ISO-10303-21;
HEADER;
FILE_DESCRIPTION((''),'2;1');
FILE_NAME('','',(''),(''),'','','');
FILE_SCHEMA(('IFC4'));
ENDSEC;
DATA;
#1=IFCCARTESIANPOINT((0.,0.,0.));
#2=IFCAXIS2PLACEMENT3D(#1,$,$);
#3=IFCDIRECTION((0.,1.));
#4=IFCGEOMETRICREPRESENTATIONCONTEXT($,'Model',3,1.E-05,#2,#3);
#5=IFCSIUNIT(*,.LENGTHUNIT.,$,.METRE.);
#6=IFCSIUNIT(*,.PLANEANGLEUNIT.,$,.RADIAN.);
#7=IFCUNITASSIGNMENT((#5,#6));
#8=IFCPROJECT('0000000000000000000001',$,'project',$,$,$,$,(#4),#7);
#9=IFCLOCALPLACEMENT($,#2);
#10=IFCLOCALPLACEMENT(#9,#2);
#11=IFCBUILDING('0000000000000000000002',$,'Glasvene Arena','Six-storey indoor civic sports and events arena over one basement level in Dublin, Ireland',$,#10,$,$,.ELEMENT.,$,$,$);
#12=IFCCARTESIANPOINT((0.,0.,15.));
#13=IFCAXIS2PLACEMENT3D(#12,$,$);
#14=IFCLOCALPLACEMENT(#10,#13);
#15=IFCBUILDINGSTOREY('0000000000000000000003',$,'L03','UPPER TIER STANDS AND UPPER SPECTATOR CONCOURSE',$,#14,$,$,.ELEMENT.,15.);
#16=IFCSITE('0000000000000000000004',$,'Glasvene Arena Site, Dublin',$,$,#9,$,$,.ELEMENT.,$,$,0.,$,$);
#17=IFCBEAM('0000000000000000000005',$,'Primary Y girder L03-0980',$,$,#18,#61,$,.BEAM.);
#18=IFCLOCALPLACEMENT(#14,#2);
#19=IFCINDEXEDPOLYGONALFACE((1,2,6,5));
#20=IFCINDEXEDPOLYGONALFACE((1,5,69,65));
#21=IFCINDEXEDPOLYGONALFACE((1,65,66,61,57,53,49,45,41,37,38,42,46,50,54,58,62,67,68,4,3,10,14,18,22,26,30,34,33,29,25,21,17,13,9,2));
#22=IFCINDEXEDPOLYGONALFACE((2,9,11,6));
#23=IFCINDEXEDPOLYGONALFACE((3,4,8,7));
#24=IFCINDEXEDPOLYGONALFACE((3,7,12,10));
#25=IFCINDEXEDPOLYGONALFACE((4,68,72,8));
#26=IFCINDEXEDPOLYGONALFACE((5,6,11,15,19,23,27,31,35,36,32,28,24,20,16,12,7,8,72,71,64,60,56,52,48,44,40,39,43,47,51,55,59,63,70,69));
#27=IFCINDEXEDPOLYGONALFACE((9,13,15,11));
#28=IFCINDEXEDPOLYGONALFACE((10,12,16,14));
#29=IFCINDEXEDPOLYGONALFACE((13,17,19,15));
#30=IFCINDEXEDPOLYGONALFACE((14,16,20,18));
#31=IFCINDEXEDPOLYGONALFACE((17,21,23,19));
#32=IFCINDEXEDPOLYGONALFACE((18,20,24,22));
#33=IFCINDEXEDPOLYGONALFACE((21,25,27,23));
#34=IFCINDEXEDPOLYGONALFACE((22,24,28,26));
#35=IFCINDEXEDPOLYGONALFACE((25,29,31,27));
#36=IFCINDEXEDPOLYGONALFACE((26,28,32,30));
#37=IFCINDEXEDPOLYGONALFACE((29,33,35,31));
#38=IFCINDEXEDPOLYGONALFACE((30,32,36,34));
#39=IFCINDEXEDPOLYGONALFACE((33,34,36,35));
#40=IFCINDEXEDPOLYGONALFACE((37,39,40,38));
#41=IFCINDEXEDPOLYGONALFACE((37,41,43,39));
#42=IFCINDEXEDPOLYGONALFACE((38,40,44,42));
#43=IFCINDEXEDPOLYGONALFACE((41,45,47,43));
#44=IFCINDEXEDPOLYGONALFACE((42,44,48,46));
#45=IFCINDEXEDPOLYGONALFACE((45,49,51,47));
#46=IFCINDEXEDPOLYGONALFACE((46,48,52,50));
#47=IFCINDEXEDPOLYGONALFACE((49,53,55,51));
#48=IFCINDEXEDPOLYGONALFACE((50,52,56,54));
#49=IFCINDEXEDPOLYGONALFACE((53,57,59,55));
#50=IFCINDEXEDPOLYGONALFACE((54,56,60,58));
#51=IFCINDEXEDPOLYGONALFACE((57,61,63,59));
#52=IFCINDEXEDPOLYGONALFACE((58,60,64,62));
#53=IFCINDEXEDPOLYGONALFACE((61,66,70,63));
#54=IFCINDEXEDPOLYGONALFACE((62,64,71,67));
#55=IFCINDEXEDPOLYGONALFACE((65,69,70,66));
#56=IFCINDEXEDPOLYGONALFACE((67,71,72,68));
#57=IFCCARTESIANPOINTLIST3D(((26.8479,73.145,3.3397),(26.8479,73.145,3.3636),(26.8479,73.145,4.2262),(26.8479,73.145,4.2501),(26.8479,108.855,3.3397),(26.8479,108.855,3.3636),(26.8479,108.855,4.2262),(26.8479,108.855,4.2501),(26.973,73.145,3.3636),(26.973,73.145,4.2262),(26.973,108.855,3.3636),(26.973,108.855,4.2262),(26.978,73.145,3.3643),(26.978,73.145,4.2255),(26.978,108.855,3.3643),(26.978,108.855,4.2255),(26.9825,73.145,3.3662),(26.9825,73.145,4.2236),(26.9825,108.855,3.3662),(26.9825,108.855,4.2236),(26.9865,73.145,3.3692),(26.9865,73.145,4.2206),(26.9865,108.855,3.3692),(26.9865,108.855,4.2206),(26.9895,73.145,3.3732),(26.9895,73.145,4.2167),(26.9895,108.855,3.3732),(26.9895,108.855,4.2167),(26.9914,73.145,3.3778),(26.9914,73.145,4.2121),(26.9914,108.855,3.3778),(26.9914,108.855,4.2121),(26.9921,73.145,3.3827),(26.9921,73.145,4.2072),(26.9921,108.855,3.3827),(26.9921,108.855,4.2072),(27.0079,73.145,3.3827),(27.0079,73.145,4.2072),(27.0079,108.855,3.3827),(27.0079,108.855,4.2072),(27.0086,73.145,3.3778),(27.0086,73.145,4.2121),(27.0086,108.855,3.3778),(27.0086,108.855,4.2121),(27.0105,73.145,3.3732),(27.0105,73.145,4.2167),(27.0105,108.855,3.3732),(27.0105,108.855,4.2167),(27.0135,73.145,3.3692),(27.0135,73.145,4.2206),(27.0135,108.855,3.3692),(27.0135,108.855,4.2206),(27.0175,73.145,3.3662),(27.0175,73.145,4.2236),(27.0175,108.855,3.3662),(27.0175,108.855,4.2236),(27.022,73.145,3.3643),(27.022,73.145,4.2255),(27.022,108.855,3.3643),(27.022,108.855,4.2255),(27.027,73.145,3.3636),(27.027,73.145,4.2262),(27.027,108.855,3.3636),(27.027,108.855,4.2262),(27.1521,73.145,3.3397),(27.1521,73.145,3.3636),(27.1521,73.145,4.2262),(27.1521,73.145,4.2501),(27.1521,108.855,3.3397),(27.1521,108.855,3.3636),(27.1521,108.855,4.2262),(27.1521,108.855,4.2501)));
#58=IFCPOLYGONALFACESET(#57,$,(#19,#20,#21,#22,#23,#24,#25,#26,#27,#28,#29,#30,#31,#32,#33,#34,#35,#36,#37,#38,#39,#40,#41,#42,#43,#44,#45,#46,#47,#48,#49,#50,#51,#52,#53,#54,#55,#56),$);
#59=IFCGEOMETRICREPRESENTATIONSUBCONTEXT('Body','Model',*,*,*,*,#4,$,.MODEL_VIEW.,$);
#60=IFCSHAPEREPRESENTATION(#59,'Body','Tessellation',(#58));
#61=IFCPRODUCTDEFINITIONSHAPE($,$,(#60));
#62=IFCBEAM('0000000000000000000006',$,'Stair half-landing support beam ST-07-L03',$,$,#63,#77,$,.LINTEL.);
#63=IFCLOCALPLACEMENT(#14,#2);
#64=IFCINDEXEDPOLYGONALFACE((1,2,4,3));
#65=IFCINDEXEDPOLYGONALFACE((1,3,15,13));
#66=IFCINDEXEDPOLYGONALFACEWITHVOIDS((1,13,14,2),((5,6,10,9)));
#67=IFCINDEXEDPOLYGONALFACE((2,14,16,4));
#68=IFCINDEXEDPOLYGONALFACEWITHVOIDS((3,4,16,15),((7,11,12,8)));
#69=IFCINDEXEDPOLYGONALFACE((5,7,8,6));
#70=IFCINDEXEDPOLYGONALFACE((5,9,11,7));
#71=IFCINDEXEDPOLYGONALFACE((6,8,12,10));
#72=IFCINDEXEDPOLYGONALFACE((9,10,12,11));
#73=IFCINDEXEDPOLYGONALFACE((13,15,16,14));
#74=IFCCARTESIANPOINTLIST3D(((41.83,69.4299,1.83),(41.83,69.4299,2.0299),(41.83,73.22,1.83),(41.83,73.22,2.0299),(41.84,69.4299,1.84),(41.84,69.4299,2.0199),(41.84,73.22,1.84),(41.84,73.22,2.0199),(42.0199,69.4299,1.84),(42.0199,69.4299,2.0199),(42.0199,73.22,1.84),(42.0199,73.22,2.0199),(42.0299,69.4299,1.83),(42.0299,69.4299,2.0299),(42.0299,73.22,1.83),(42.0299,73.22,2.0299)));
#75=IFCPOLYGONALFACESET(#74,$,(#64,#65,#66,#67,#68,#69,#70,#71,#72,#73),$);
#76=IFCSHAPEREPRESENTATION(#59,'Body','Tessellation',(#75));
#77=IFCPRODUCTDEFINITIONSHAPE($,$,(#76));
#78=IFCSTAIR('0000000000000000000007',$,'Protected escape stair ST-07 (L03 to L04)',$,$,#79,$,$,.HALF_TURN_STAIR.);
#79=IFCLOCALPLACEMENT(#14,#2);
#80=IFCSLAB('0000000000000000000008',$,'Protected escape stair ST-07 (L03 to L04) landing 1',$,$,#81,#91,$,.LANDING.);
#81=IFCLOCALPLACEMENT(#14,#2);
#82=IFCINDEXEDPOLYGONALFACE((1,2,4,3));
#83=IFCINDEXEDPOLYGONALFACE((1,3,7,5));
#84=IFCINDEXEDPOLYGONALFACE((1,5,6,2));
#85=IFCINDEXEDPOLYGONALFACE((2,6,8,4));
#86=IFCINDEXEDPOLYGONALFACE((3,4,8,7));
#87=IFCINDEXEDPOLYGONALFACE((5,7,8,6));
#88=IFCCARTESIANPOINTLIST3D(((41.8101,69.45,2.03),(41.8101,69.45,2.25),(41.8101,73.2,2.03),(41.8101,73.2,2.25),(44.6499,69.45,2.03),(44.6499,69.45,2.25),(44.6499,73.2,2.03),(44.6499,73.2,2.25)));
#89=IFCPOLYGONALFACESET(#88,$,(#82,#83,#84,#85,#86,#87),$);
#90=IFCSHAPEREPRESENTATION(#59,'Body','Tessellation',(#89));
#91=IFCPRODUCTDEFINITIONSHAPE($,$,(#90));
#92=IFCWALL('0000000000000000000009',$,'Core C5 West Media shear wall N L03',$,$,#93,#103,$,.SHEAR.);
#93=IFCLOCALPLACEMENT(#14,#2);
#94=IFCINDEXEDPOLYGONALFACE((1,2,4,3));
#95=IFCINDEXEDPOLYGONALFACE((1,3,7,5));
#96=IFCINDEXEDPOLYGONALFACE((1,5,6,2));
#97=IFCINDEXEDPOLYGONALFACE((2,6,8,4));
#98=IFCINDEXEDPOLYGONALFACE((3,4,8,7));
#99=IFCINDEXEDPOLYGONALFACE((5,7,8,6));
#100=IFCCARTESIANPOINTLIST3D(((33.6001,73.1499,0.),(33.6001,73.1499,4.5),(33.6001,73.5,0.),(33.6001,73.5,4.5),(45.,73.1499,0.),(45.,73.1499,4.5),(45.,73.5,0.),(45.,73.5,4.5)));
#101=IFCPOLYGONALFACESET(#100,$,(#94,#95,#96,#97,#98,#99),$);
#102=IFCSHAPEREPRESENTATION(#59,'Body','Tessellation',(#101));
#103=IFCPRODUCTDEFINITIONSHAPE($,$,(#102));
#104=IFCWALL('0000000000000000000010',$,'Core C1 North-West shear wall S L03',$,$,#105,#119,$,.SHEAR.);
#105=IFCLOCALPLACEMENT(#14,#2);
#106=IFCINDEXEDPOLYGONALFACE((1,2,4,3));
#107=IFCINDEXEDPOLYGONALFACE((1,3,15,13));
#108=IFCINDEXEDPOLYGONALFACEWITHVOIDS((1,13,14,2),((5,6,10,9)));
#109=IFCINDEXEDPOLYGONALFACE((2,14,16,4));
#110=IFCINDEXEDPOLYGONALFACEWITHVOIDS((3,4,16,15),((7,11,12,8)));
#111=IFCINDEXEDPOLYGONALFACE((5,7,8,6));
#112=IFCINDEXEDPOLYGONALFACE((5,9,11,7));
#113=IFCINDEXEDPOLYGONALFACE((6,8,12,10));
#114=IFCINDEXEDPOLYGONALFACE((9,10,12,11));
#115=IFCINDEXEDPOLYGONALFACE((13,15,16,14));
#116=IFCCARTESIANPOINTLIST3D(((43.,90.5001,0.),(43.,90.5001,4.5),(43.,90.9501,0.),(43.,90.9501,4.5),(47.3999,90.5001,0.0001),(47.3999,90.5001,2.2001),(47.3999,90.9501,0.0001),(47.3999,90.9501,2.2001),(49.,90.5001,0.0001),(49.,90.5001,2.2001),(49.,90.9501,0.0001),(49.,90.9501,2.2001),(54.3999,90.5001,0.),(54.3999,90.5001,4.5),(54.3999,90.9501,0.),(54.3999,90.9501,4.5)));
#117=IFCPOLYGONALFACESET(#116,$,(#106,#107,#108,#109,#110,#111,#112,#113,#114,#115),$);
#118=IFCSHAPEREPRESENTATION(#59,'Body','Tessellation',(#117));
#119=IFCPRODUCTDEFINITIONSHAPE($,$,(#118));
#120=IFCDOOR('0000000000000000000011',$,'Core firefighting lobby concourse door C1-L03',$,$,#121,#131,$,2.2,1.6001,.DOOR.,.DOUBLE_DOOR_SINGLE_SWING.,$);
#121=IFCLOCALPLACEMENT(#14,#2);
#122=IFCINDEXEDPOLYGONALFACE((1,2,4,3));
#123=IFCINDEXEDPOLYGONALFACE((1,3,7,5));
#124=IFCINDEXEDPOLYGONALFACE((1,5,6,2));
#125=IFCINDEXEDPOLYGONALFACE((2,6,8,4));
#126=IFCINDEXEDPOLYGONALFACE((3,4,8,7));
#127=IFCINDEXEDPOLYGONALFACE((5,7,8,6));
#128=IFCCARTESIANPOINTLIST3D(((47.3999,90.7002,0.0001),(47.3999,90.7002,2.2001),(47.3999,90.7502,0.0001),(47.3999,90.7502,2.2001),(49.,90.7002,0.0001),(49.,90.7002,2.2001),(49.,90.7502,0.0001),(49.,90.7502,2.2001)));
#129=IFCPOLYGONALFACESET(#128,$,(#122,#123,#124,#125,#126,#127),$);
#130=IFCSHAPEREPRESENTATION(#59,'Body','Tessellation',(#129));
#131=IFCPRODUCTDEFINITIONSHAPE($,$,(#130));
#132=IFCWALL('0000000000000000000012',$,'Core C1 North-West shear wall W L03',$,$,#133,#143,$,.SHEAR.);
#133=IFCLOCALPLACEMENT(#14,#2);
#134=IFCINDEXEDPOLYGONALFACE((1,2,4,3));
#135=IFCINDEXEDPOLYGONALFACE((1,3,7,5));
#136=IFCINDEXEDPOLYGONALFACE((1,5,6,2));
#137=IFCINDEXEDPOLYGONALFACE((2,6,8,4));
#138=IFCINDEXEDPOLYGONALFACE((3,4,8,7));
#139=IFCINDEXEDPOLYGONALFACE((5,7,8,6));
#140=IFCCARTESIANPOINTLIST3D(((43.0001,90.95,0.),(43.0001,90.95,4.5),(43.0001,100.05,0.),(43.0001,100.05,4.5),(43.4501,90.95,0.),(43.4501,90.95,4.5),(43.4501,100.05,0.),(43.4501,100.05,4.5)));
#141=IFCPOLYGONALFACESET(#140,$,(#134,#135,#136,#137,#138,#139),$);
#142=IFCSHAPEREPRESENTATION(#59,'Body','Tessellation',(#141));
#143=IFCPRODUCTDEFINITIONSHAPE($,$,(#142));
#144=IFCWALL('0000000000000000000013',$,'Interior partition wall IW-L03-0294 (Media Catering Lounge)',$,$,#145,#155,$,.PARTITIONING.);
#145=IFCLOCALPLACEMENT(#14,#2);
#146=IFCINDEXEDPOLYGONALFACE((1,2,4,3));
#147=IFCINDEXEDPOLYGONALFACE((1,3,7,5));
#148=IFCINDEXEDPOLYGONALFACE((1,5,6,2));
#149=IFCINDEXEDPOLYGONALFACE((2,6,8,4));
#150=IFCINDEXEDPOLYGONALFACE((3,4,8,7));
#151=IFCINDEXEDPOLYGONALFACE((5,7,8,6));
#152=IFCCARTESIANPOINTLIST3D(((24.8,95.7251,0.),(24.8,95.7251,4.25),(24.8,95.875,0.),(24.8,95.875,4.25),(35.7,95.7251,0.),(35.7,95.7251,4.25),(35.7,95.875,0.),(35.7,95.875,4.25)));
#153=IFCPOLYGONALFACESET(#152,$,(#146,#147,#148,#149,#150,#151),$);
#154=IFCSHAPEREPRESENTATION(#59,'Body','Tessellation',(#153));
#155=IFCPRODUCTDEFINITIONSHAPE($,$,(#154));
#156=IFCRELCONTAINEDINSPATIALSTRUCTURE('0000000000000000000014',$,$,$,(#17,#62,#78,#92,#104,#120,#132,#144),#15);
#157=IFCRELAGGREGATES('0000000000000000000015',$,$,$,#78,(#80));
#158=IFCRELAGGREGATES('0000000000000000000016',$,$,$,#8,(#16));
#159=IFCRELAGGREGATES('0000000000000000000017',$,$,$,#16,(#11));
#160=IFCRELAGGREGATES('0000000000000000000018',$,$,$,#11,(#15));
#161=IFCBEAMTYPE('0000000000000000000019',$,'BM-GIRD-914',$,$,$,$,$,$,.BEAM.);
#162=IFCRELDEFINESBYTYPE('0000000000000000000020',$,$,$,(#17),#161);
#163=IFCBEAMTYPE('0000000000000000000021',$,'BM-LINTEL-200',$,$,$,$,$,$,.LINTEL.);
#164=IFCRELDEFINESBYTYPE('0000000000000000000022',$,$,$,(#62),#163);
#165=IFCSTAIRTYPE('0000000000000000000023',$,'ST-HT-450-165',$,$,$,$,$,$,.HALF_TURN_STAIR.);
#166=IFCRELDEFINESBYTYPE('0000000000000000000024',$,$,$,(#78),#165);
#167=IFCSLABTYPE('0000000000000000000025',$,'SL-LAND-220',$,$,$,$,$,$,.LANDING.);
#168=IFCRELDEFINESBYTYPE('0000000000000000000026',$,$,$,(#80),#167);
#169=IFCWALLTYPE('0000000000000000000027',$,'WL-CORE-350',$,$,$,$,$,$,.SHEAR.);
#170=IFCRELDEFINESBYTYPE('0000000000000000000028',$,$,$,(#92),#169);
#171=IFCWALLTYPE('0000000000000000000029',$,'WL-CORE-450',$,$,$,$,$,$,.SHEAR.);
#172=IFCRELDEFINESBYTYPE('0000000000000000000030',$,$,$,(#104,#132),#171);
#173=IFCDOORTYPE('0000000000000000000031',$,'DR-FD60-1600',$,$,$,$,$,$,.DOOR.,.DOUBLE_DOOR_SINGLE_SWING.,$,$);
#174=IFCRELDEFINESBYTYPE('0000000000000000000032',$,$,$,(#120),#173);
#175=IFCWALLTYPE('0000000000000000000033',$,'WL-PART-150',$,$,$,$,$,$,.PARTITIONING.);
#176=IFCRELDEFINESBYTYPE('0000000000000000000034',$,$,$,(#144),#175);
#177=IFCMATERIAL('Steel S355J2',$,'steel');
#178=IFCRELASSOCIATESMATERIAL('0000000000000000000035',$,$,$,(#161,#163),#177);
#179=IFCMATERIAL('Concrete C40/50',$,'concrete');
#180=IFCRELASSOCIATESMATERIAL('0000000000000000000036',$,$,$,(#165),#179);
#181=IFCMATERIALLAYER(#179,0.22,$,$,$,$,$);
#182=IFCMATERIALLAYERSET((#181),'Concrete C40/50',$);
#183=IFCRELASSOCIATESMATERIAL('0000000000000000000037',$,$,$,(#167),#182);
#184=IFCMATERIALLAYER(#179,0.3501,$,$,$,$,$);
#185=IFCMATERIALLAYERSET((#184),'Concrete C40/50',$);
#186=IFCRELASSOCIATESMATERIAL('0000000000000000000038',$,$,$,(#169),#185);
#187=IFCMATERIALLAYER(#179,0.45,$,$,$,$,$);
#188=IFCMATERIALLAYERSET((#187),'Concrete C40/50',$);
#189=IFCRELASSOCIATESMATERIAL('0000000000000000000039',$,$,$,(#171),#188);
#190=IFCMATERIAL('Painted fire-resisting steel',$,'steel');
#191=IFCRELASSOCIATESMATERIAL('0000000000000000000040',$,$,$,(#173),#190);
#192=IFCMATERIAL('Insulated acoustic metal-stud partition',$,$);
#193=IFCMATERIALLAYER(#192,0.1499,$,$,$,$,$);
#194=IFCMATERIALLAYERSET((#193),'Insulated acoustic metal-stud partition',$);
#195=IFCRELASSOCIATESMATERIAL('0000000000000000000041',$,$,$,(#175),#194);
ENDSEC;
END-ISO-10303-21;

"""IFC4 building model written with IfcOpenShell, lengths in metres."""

from ifc_helpers import new_model, si_unit, direction, frame, frame_2d, origin, origin_2d, place, context, subcontext, project, spatial, polyline, rectangle, hollow_rectangle, i_section, outline, extrude, material, layer, layer_set, material_profile, profile_set, type_object, element, fill, aggregate, save


model = new_model("IFC4")

# Units and contexts
model_context = context("Model", 3, precision=1e-05, world=origin(), true_north=direction((0.0, 1.0)))
body_context = subcontext(model_context, "Body", "Model", "MODEL_VIEW")
ifc_project = project(units=[si_unit("LENGTHUNIT", "METRE"), si_unit("PLANEANGLEUNIT", "RADIAN")], contexts=[model_context])

# Site, building, storey
site_placement = place(None, origin())
site = spatial("IfcSite", under=ifc_project, at=site_placement, Name="Glasvene Arena Site, Dublin", CompositionType="ELEMENT", RefElevation=0.0)
building_placement = place(site_placement, origin())
building = spatial("IfcBuilding", under=site, at=building_placement, Name="Glasvene Arena", Description="Six-storey indoor civic sports and events arena over one basement level in Dublin, Ireland", CompositionType="ELEMENT")
storey_placement = place(building_placement, frame((0.0, 0.0, 15.0)))
storey = spatial("IfcBuildingStorey", under=building, at=storey_placement, Name="L03", Description="UPPER TIER STANDS AND UPPER SPECTATOR CONCOURSE", CompositionType="ELEMENT", Elevation=15.0)

# Shared definitions
ifc_material_1 = material(Name="Steel S355J2", Category="steel")

# Beams
ifc_material_profile_1 = material_profile(ifc_material_1, i_section(OverallWidth=0.3042, OverallDepth=0.9104, WebThickness=0.0159, FlangeThickness=0.0239, FilletRadius=0.019, at=origin_2d()), Name="UKB 914x305x224")
ifc_profile_set_1 = profile_set([ifc_material_profile_1], Name="Steel S355J2")
beam_type_1 = type_object("IfcBeamType", Name="BM-GIRD-914", PredefinedType="BEAM", material=ifc_profile_set_1)
beam_1_placement = place(storey_placement, frame((27.0, 73.145, 3.7949), z_axis=(0.0, 1.0, 0.0), x_axis=(-1.0, 0.0, 0.0)))
element("IfcBeam", 1, at=beam_1_placement, inside=storey, type_object=beam_type_1, Name="Primary Y girder L03-0980", PredefinedType="BEAM", context=body_context, shape_type="SweptSolid", body=[
    extrude(i_section(OverallWidth=0.3042, OverallDepth=0.9104, WebThickness=0.0159, FlangeThickness=0.0239, FilletRadius=0.019, at=origin_2d()), origin(), (0.0, 0.0, 1.0), 35.71),
])
ifc_material_profile_2 = material_profile(ifc_material_1, hollow_rectangle(XDim=0.2, YDim=0.2, WallThickness=0.01, at=origin_2d()), Name="SHS 200x200x10.0")
ifc_profile_set_2 = profile_set([ifc_material_profile_2], Name="Steel S355J2")
beam_type_2 = type_object("IfcBeamType", Name="BM-LINTEL-200", PredefinedType="LINTEL", material=ifc_profile_set_2)
beam_2_placement = place(storey_placement, frame((41.9299, 69.4299, 1.9299), z_axis=(0.0, 1.0, 0.0), x_axis=(-1.0, 0.0, 0.0)))
element("IfcBeam", 2, at=beam_2_placement, inside=storey, type_object=beam_type_2, Name="Stair half-landing support beam ST-07-L03", PredefinedType="LINTEL", context=body_context, shape_type="SweptSolid", body=[
    extrude(hollow_rectangle(XDim=0.2, YDim=0.2, WallThickness=0.01, at=origin_2d()), origin(), (0.0, 0.0, 1.0), 3.79),
])

# Shared definitions
ifc_material_2 = material(Name="Concrete C40/50", Category="concrete")

# Stair, slab
stair_type = type_object("IfcStairType", Name="ST-HT-450-165", PredefinedType="HALF_TURN_STAIR", material=ifc_material_2)
stair_placement = place(storey_placement, origin())
stair = element("IfcStair", 3, at=stair_placement, inside=storey, type_object=stair_type, Name="Protected escape stair ST-07 (L03 to L04)", PredefinedType="HALF_TURN_STAIR")
ifc_layer_1 = layer(ifc_material_2, 0.22)
ifc_layer_set_1 = layer_set([ifc_layer_1], Name="Concrete C40/50")
slab_type_1 = type_object("IfcSlabType", Name="SL-LAND-220", PredefinedType="LANDING", material=ifc_layer_set_1)
slab_1_placement = place(storey_placement, frame((43.23, 71.325, 2.03)))
slab_1 = element("IfcSlab", 4, at=slab_1_placement, type_object=slab_type_1, Name="Protected escape stair ST-07 (L03 to L04) landing 1", PredefinedType="LANDING", context=body_context, shape_type="SweptSolid", body=[
    extrude(outline(polyline([(-1.4199, -1.875), (1.4199, -1.875), (1.4199, 1.875), (-1.4199, 1.875), (-1.4199, -1.875)])), origin(), (0.0, 0.0, 1.0), 0.22),
])

# Wall
ifc_layer_2 = layer(ifc_material_2, 0.3501)
ifc_layer_set_2 = layer_set([ifc_layer_2], Name="Concrete C40/50")
wall_type_1 = type_object("IfcWallType", Name="WL-CORE-350", PredefinedType="SHEAR", material=ifc_layer_set_2)
wall_1_placement = place(storey_placement, frame((33.6001, 73.325, 0.0), z_axis=(0.0, 0.0, 1.0), x_axis=(1.0, 0.0, 0.0)))
element("IfcWall", 5, at=wall_1_placement, inside=storey, type_object=wall_type_1, Name="Core C5 West Media shear wall N L03", PredefinedType="SHEAR", context=body_context, shape_type="SweptSolid", body=[
    extrude(rectangle(XDim=11.3999, YDim=0.3501, at=frame_2d((5.7, 0.0))), origin(), (0.0, 0.0, 1.0), 4.5),
])

# Wall, opening, door
ifc_layer_3 = layer(ifc_material_2, 0.45)
ifc_layer_set_3 = layer_set([ifc_layer_3], Name="Concrete C40/50")
wall_type_2 = type_object("IfcWallType", Name="WL-CORE-450", PredefinedType="SHEAR", material=ifc_layer_set_3)
wall_2_placement = place(storey_placement, frame((43.0, 90.7251, 0.0), z_axis=(0.0, 0.0, 1.0), x_axis=(1.0, 0.0, 0.0)))
wall_2 = element("IfcWall", 6, at=wall_2_placement, inside=storey, type_object=wall_type_2, Name="Core C1 North-West shear wall S L03", PredefinedType="SHEAR", context=body_context, shape_type="SweptSolid", body=[
    extrude(rectangle(XDim=11.3999, YDim=0.45, at=frame_2d((5.7, 0.0))), origin(), (0.0, 0.0, 1.0), 4.5),
])
opening_1_placement = place(wall_2_placement, frame((4.3999, 0.0, 0.0)))
opening_1 = element("IfcOpeningElement", 7, at=opening_1_placement, cuts=wall_2, PredefinedType="OPENING", context=body_context, shape_type="SweptSolid", body=[
    extrude(rectangle(XDim=1.6001, YDim=2.2, at=frame_2d((0.8, 1.1001))), frame((0.0, 0.2349, 0.0), z_axis=(0.0, -1.0, 0.0), x_axis=(1.0, 0.0, 0.0)), (0.0, 0.0, 1.0), 0.47),
])
ifc_material_3 = material(Name="Painted fire-resisting steel", Category="steel")
door_type_1 = type_object("IfcDoorType", Name="DR-FD60-1600", OperationType="DOUBLE_DOOR_SINGLE_SWING", PredefinedType="DOOR", material=ifc_material_3)
door_1_placement = place(opening_1_placement, frame((1.6001, 0.0, 0.0), z_axis=(0.0, 0.0, 1.0), x_axis=(-1.0, 0.0, 0.0)))
door_1 = element("IfcDoor", 8, at=door_1_placement, inside=storey, type_object=door_type_1, Name="Core firefighting lobby concourse door C1-L03", OperationType="DOUBLE_DOOR_SINGLE_SWING", OverallHeight=2.2, OverallWidth=1.6001, PredefinedType="DOOR", context=body_context, shape_type="SweptSolid", body=[
    extrude(rectangle(XDim=1.6001, YDim=2.2, at=frame_2d((0.8, 1.1001))), frame((0.0, 0.0249, 0.0), z_axis=(0.0, -1.0, 0.0), x_axis=(1.0, 0.0, 0.0)), (0.0, 0.0, 1.0), 0.05),
])
fill(opening_1, door_1)

# Walls
wall_3_placement = place(storey_placement, frame((43.2251, 90.95, 0.0), z_axis=(0.0, 0.0, 1.0), x_axis=(0.0, 1.0, 0.0)))
element("IfcWall", 9, at=wall_3_placement, inside=storey, type_object=wall_type_2, Name="Core C1 North-West shear wall W L03", PredefinedType="SHEAR", context=body_context, shape_type="SweptSolid", body=[
    extrude(rectangle(XDim=9.1001, YDim=0.45, at=frame_2d((4.55, 0.0))), origin(), (0.0, 0.0, 1.0), 4.5),
])
ifc_material_4 = material(Name="Insulated acoustic metal-stud partition")
ifc_layer_4 = layer(ifc_material_4, 0.1499)
ifc_layer_set_4 = layer_set([ifc_layer_4], Name="Insulated acoustic metal-stud partition")
wall_type_3 = type_object("IfcWallType", Name="WL-PART-150", PredefinedType="PARTITIONING", material=ifc_layer_set_4)
wall_4_placement = place(storey_placement, frame((35.7, 95.8, 0.0), z_axis=(0.0, 0.0, 1.0), x_axis=(-1.0, 0.0, 0.0)))
element("IfcWall", 10, at=wall_4_placement, inside=storey, type_object=wall_type_3, Name="Interior partition wall IW-L03-0294 (Media Catering Lounge)", PredefinedType="PARTITIONING", context=body_context, shape_type="SweptSolid", body=[
    extrude(rectangle(XDim=10.8999, YDim=0.1499, at=frame_2d((5.45, 0.0))), origin(), (0.0, 0.0, 1.0), 4.25),
])

aggregate(stair, [slab_1])

save(model, "model.ifc")
